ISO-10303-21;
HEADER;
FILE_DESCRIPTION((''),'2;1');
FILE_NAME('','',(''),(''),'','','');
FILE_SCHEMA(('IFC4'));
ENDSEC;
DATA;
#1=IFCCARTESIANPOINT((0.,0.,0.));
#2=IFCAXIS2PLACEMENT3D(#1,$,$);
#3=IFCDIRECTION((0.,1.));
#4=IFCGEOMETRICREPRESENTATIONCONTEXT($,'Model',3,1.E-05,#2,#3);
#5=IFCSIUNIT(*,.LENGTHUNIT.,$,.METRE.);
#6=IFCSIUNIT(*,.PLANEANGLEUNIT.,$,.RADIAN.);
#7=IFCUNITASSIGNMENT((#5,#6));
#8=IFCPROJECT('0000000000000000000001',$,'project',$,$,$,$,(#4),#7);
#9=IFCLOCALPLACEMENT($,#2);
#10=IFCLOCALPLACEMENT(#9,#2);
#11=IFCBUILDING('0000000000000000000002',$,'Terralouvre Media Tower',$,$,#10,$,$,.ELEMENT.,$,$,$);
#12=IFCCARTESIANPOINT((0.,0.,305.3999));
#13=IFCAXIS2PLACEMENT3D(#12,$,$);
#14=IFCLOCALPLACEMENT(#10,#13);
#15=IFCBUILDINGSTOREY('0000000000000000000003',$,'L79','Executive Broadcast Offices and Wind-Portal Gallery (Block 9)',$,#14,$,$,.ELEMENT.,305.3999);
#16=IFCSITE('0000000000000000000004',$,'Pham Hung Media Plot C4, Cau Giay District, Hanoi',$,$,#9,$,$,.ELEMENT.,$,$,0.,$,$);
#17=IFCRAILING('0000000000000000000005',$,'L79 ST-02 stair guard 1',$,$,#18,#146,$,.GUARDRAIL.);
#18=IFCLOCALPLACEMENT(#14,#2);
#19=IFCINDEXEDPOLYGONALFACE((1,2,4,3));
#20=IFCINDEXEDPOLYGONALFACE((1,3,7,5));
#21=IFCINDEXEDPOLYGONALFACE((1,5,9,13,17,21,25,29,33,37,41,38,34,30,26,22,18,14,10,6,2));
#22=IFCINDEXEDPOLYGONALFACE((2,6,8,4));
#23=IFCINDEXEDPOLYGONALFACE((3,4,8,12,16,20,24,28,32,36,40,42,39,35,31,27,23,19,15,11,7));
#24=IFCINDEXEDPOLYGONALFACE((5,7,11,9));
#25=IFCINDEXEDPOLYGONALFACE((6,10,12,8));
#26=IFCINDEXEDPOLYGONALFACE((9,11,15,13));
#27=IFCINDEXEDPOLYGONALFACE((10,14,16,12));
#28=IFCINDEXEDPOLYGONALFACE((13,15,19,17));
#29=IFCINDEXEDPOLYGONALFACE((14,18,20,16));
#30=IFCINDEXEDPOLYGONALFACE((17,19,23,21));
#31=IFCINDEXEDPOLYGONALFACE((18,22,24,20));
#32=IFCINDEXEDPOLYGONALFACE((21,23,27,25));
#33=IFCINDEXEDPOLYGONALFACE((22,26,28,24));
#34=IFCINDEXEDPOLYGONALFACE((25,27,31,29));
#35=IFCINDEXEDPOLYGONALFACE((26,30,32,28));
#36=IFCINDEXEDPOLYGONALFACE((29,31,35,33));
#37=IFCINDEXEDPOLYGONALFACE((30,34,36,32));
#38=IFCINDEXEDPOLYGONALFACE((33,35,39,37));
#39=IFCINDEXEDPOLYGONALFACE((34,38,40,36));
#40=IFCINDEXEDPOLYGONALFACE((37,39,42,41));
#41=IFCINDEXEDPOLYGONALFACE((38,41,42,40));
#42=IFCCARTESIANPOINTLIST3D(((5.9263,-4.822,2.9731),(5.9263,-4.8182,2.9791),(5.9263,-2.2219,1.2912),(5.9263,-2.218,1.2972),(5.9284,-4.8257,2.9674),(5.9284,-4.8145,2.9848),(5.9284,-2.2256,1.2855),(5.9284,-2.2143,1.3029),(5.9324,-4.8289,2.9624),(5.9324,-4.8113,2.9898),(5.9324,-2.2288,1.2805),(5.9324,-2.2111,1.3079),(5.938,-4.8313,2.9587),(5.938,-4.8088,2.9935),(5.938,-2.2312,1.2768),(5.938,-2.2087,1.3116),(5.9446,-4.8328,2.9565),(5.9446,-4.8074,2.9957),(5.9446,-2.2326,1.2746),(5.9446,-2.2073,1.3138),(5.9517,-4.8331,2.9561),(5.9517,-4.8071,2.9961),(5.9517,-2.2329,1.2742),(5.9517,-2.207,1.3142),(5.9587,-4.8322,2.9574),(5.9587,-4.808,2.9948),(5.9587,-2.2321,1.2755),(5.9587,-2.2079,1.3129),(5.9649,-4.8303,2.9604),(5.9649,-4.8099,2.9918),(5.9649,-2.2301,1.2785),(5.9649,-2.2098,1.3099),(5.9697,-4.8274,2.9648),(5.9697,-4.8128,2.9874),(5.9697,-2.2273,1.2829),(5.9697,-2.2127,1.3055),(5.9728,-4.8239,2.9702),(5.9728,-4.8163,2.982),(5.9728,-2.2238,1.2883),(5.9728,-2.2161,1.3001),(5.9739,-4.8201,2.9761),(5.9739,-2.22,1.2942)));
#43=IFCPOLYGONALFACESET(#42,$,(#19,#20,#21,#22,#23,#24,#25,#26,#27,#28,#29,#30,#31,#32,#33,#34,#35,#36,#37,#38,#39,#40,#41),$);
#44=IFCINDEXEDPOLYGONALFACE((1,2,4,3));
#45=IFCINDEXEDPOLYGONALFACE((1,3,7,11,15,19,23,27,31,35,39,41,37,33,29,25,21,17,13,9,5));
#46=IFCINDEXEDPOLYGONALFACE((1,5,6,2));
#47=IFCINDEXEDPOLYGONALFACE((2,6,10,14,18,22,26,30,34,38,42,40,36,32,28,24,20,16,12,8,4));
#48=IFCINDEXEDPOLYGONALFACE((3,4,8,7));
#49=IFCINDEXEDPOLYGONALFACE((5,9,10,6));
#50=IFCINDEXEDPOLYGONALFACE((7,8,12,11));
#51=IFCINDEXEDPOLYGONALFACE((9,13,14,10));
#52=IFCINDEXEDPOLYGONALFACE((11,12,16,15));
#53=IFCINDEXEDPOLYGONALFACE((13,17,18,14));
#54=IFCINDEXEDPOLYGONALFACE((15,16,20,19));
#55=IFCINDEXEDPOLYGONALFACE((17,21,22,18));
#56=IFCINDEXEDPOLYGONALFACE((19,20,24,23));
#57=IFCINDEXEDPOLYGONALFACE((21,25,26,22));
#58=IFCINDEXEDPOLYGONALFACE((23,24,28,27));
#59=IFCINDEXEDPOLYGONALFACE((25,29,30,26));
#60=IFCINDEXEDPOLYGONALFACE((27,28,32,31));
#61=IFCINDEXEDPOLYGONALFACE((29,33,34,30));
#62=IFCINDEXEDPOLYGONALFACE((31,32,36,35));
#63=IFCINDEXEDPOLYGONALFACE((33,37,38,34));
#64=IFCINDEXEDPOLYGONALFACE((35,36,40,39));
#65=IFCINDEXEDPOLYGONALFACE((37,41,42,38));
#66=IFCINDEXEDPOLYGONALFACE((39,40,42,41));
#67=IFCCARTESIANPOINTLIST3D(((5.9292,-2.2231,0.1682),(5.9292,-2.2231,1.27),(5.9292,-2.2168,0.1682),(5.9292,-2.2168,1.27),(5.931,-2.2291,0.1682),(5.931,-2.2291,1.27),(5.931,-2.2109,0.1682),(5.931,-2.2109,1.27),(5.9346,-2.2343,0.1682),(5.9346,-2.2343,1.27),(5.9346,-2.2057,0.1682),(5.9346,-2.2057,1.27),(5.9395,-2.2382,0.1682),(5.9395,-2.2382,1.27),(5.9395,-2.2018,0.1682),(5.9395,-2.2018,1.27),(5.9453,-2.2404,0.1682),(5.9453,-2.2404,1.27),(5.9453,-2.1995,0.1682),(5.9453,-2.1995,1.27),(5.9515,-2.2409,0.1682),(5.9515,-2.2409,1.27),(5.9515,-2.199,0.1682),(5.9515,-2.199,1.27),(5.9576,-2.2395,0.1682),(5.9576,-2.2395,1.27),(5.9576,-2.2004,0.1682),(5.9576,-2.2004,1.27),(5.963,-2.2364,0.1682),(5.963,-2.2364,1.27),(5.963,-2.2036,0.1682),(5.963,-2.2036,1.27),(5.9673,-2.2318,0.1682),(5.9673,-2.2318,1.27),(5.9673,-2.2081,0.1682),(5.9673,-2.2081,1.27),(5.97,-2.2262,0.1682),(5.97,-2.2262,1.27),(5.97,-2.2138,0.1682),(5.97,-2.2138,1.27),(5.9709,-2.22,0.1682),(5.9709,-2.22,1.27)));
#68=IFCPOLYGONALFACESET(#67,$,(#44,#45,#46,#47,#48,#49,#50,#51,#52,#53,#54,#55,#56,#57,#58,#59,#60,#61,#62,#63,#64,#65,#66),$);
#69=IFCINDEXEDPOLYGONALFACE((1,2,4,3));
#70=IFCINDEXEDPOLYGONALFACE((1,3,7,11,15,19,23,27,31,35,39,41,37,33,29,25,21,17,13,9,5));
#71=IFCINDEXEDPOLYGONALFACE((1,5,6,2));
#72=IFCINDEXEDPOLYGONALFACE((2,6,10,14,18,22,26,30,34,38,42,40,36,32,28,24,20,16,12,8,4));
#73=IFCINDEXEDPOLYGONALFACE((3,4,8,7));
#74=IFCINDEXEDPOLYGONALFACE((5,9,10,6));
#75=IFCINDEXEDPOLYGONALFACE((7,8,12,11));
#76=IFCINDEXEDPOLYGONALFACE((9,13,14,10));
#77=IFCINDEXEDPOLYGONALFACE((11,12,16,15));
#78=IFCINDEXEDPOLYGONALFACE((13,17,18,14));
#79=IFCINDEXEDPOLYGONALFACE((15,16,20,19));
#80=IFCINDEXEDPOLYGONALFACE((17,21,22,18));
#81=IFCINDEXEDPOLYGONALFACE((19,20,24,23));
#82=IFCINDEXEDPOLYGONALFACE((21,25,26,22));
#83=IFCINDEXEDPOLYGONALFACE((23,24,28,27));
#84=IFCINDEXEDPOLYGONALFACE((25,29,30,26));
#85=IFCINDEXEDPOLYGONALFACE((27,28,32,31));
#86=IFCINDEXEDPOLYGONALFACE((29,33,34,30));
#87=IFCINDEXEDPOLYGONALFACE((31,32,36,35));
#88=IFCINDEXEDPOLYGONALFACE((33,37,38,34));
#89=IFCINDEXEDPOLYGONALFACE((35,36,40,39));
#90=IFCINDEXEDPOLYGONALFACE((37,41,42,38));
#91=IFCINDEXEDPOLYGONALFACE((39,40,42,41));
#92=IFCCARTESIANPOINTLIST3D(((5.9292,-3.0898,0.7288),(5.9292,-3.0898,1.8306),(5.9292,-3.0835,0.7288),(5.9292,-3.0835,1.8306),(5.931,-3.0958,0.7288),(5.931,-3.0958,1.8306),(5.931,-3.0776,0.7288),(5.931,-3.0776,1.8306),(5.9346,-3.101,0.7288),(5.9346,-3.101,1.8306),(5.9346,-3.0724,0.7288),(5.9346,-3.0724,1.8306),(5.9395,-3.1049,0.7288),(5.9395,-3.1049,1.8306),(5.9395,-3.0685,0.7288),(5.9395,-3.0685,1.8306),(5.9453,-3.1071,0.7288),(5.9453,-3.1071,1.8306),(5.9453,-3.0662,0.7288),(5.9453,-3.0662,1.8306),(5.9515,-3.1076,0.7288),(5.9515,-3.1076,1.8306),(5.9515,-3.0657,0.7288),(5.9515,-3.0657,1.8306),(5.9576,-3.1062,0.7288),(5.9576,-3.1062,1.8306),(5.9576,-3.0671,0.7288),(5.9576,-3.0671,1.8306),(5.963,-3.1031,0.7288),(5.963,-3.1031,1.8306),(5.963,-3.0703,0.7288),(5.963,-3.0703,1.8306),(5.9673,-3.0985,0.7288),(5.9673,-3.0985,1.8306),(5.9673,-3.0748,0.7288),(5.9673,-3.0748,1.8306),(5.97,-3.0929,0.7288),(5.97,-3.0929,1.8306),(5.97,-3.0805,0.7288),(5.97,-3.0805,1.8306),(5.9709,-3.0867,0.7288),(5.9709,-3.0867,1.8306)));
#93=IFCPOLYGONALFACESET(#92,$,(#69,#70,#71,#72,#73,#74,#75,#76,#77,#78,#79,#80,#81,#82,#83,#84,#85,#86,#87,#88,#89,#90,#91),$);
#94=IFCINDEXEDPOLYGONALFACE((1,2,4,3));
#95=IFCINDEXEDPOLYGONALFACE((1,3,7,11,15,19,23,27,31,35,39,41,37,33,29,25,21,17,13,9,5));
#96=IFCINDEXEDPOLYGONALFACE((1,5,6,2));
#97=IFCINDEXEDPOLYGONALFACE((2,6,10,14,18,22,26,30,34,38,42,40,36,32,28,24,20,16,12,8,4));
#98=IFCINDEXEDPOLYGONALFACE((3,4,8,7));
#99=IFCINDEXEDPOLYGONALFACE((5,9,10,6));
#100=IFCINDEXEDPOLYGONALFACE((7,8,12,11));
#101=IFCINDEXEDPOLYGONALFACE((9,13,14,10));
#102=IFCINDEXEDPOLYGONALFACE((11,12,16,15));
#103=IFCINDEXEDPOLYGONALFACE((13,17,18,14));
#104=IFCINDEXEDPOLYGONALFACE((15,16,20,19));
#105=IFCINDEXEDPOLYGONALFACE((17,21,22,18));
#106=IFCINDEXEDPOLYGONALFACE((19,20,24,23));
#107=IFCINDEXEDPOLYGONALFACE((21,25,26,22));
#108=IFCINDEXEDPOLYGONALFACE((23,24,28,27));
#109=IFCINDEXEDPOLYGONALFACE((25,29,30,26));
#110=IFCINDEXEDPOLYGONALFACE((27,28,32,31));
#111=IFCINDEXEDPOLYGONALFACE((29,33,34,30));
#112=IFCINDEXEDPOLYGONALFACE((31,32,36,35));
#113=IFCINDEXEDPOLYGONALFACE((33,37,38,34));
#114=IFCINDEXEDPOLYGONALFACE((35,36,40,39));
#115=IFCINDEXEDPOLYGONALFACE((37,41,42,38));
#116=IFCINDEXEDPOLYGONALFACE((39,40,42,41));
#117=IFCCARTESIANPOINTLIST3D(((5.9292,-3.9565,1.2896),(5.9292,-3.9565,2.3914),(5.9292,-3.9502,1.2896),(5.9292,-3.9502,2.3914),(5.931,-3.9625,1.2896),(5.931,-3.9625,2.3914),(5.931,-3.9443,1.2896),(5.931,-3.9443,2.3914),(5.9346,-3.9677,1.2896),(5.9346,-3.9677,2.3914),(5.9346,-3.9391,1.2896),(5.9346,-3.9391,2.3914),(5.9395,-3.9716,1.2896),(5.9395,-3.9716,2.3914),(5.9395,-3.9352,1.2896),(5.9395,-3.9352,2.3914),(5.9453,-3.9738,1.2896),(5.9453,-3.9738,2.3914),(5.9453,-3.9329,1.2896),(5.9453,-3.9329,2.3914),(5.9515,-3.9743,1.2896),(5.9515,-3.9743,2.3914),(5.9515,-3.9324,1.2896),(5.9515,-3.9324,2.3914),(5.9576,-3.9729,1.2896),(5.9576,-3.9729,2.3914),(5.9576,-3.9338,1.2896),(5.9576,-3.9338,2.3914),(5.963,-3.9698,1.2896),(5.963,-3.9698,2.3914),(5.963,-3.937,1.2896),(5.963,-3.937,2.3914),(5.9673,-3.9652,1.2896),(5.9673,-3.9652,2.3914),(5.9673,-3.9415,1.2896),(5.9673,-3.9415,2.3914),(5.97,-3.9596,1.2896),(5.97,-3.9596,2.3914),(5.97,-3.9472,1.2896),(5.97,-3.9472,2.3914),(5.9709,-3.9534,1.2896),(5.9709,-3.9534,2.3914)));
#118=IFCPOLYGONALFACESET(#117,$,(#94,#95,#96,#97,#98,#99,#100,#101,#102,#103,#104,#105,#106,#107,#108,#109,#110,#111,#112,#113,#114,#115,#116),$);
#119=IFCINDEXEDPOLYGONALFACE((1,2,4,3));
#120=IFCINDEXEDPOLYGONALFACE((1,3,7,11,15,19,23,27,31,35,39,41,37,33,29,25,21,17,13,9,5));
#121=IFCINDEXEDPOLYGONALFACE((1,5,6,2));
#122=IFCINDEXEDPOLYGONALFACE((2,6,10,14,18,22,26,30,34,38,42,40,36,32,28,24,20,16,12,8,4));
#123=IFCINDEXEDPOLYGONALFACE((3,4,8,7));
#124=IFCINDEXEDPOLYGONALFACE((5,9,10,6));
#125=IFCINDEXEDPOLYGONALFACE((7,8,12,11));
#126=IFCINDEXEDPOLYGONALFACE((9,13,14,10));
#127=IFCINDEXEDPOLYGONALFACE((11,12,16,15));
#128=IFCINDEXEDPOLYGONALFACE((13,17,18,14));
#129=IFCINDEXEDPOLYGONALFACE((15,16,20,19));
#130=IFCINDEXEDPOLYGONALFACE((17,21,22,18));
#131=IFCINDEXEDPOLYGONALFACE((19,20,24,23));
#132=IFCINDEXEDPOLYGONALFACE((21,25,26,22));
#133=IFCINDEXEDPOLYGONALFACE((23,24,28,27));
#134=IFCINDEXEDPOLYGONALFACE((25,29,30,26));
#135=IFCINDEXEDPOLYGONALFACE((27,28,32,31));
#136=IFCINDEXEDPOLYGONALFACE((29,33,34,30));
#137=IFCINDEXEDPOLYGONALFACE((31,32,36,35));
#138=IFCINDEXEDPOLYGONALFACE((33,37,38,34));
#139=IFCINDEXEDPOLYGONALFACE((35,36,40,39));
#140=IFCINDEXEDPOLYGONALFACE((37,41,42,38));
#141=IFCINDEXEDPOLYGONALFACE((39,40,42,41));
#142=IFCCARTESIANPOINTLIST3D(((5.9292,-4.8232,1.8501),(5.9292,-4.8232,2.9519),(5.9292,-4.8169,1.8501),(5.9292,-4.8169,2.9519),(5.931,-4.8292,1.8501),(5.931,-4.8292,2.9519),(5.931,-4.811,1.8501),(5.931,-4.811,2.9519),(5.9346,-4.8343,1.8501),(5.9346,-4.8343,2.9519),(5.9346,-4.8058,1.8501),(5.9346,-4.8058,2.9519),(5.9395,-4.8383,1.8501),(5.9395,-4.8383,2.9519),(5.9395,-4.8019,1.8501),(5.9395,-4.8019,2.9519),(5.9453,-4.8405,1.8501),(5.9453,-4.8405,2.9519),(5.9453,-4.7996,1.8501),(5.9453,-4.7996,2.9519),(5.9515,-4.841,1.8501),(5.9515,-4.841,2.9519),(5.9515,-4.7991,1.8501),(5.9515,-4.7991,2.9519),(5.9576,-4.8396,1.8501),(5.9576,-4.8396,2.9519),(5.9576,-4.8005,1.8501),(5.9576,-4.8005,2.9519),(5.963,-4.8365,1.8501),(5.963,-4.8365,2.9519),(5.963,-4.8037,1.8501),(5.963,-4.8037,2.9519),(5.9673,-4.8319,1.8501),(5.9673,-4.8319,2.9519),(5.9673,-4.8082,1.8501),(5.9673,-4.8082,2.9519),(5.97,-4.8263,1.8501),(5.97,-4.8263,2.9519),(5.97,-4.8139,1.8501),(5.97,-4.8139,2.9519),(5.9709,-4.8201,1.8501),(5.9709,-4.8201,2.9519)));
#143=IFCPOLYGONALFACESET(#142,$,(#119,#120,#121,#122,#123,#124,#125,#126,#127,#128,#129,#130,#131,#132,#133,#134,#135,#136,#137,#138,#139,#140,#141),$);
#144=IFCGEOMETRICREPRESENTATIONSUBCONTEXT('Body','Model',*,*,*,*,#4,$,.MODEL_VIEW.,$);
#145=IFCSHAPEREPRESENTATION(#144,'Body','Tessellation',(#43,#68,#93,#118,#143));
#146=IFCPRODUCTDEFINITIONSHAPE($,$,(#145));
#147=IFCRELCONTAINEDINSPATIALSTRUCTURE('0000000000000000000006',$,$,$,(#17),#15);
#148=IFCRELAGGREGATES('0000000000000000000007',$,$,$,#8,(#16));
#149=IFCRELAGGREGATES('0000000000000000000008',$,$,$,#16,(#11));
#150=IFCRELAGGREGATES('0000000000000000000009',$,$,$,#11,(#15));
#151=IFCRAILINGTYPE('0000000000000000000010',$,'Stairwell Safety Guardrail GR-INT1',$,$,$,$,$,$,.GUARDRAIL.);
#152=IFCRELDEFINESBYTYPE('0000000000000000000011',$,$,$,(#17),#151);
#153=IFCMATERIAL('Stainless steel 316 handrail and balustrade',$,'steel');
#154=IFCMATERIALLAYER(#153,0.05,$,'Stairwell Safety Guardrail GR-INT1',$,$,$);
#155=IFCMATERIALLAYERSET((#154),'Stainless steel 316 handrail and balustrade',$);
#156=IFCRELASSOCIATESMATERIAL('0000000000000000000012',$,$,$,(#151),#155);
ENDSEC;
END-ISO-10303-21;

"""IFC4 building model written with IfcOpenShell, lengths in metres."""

from ifc_helpers import new_model, si_unit, direction, frame, origin, origin_2d, place, context, subcontext, project, spatial, circle, extrude, material, layer, layer_set, type_object, element, save


model = new_model("IFC4")

# Units and contexts
model_context = context("Model", 3, precision=1e-05, world=origin(), true_north=direction((0.0, 1.0)))
body_context = subcontext(model_context, "Body", "Model", "MODEL_VIEW")
ifc_project = project(units=[si_unit("LENGTHUNIT", "METRE"), si_unit("PLANEANGLEUNIT", "RADIAN")], contexts=[model_context])

# Site, building, storey
site_placement = place(None, origin())
site = spatial("IfcSite", under=ifc_project, at=site_placement, Name="Pham Hung Media Plot C4, Cau Giay District, Hanoi", CompositionType="ELEMENT", RefElevation=0.0)
building_placement = place(site_placement, origin())
building = spatial("IfcBuilding", under=site, at=building_placement, Name="Terralouvre Media Tower", CompositionType="ELEMENT")
storey_placement = place(building_placement, frame((0.0, 0.0, 305.3999)))
storey = spatial("IfcBuildingStorey", under=building, at=storey_placement, Name="L79", Description="Executive Broadcast Offices and Wind-Portal Gallery (Block 9)", CompositionType="ELEMENT", Elevation=305.3999)

# Railing
ifc_material_1 = material(Name="Stainless steel 316 handrail and balustrade", Category="steel")
ifc_layer_1 = layer(ifc_material_1, 0.05, Name="Stairwell Safety Guardrail GR-INT1")
ifc_layer_set_1 = layer_set([ifc_layer_1], Name="Stainless steel 316 handrail and balustrade")
railing_type_1 = type_object("IfcRailingType", Name="Stairwell Safety Guardrail GR-INT1", PredefinedType="GUARDRAIL", material=ifc_layer_set_1)
railing_1_placement = place(storey_placement, frame((5.95, -2.22, 0.1682)))
element("IfcRailing", 1, at=railing_1_placement, inside=storey, type_object=railing_type_1, Name="L79 ST-02 stair guard 1", PredefinedType="GUARDRAIL", context=body_context, shape_type="SweptSolid", body=[
    extrude(circle(Radius=0.0239, at=origin_2d()), frame((0.0, 0.0, 1.126), z_axis=(0.0, -0.839648, 0.54313), x_axis=(1.0, 0.0, 0.0)), (0.0, 0.0, 1.0), 3.0967),
    extrude(circle(Radius=0.021, at=origin_2d()), origin(), (0.0, 0.0, 1.0), 1.1018),
    extrude(circle(Radius=0.021, at=origin_2d()), frame((0.0, -0.8667, 0.5605)), (0.0, 0.0, 1.0), 1.1018),
    extrude(circle(Radius=0.021, at=origin_2d()), frame((0.0, -1.7334, 1.1213)), (0.0, 0.0, 1.0), 1.1018),
    extrude(circle(Radius=0.021, at=origin_2d()), frame((0.0, -2.6001, 1.6819)), (0.0, 0.0, 1.0), 1.1018),
])

save(model, "model.ifc")
